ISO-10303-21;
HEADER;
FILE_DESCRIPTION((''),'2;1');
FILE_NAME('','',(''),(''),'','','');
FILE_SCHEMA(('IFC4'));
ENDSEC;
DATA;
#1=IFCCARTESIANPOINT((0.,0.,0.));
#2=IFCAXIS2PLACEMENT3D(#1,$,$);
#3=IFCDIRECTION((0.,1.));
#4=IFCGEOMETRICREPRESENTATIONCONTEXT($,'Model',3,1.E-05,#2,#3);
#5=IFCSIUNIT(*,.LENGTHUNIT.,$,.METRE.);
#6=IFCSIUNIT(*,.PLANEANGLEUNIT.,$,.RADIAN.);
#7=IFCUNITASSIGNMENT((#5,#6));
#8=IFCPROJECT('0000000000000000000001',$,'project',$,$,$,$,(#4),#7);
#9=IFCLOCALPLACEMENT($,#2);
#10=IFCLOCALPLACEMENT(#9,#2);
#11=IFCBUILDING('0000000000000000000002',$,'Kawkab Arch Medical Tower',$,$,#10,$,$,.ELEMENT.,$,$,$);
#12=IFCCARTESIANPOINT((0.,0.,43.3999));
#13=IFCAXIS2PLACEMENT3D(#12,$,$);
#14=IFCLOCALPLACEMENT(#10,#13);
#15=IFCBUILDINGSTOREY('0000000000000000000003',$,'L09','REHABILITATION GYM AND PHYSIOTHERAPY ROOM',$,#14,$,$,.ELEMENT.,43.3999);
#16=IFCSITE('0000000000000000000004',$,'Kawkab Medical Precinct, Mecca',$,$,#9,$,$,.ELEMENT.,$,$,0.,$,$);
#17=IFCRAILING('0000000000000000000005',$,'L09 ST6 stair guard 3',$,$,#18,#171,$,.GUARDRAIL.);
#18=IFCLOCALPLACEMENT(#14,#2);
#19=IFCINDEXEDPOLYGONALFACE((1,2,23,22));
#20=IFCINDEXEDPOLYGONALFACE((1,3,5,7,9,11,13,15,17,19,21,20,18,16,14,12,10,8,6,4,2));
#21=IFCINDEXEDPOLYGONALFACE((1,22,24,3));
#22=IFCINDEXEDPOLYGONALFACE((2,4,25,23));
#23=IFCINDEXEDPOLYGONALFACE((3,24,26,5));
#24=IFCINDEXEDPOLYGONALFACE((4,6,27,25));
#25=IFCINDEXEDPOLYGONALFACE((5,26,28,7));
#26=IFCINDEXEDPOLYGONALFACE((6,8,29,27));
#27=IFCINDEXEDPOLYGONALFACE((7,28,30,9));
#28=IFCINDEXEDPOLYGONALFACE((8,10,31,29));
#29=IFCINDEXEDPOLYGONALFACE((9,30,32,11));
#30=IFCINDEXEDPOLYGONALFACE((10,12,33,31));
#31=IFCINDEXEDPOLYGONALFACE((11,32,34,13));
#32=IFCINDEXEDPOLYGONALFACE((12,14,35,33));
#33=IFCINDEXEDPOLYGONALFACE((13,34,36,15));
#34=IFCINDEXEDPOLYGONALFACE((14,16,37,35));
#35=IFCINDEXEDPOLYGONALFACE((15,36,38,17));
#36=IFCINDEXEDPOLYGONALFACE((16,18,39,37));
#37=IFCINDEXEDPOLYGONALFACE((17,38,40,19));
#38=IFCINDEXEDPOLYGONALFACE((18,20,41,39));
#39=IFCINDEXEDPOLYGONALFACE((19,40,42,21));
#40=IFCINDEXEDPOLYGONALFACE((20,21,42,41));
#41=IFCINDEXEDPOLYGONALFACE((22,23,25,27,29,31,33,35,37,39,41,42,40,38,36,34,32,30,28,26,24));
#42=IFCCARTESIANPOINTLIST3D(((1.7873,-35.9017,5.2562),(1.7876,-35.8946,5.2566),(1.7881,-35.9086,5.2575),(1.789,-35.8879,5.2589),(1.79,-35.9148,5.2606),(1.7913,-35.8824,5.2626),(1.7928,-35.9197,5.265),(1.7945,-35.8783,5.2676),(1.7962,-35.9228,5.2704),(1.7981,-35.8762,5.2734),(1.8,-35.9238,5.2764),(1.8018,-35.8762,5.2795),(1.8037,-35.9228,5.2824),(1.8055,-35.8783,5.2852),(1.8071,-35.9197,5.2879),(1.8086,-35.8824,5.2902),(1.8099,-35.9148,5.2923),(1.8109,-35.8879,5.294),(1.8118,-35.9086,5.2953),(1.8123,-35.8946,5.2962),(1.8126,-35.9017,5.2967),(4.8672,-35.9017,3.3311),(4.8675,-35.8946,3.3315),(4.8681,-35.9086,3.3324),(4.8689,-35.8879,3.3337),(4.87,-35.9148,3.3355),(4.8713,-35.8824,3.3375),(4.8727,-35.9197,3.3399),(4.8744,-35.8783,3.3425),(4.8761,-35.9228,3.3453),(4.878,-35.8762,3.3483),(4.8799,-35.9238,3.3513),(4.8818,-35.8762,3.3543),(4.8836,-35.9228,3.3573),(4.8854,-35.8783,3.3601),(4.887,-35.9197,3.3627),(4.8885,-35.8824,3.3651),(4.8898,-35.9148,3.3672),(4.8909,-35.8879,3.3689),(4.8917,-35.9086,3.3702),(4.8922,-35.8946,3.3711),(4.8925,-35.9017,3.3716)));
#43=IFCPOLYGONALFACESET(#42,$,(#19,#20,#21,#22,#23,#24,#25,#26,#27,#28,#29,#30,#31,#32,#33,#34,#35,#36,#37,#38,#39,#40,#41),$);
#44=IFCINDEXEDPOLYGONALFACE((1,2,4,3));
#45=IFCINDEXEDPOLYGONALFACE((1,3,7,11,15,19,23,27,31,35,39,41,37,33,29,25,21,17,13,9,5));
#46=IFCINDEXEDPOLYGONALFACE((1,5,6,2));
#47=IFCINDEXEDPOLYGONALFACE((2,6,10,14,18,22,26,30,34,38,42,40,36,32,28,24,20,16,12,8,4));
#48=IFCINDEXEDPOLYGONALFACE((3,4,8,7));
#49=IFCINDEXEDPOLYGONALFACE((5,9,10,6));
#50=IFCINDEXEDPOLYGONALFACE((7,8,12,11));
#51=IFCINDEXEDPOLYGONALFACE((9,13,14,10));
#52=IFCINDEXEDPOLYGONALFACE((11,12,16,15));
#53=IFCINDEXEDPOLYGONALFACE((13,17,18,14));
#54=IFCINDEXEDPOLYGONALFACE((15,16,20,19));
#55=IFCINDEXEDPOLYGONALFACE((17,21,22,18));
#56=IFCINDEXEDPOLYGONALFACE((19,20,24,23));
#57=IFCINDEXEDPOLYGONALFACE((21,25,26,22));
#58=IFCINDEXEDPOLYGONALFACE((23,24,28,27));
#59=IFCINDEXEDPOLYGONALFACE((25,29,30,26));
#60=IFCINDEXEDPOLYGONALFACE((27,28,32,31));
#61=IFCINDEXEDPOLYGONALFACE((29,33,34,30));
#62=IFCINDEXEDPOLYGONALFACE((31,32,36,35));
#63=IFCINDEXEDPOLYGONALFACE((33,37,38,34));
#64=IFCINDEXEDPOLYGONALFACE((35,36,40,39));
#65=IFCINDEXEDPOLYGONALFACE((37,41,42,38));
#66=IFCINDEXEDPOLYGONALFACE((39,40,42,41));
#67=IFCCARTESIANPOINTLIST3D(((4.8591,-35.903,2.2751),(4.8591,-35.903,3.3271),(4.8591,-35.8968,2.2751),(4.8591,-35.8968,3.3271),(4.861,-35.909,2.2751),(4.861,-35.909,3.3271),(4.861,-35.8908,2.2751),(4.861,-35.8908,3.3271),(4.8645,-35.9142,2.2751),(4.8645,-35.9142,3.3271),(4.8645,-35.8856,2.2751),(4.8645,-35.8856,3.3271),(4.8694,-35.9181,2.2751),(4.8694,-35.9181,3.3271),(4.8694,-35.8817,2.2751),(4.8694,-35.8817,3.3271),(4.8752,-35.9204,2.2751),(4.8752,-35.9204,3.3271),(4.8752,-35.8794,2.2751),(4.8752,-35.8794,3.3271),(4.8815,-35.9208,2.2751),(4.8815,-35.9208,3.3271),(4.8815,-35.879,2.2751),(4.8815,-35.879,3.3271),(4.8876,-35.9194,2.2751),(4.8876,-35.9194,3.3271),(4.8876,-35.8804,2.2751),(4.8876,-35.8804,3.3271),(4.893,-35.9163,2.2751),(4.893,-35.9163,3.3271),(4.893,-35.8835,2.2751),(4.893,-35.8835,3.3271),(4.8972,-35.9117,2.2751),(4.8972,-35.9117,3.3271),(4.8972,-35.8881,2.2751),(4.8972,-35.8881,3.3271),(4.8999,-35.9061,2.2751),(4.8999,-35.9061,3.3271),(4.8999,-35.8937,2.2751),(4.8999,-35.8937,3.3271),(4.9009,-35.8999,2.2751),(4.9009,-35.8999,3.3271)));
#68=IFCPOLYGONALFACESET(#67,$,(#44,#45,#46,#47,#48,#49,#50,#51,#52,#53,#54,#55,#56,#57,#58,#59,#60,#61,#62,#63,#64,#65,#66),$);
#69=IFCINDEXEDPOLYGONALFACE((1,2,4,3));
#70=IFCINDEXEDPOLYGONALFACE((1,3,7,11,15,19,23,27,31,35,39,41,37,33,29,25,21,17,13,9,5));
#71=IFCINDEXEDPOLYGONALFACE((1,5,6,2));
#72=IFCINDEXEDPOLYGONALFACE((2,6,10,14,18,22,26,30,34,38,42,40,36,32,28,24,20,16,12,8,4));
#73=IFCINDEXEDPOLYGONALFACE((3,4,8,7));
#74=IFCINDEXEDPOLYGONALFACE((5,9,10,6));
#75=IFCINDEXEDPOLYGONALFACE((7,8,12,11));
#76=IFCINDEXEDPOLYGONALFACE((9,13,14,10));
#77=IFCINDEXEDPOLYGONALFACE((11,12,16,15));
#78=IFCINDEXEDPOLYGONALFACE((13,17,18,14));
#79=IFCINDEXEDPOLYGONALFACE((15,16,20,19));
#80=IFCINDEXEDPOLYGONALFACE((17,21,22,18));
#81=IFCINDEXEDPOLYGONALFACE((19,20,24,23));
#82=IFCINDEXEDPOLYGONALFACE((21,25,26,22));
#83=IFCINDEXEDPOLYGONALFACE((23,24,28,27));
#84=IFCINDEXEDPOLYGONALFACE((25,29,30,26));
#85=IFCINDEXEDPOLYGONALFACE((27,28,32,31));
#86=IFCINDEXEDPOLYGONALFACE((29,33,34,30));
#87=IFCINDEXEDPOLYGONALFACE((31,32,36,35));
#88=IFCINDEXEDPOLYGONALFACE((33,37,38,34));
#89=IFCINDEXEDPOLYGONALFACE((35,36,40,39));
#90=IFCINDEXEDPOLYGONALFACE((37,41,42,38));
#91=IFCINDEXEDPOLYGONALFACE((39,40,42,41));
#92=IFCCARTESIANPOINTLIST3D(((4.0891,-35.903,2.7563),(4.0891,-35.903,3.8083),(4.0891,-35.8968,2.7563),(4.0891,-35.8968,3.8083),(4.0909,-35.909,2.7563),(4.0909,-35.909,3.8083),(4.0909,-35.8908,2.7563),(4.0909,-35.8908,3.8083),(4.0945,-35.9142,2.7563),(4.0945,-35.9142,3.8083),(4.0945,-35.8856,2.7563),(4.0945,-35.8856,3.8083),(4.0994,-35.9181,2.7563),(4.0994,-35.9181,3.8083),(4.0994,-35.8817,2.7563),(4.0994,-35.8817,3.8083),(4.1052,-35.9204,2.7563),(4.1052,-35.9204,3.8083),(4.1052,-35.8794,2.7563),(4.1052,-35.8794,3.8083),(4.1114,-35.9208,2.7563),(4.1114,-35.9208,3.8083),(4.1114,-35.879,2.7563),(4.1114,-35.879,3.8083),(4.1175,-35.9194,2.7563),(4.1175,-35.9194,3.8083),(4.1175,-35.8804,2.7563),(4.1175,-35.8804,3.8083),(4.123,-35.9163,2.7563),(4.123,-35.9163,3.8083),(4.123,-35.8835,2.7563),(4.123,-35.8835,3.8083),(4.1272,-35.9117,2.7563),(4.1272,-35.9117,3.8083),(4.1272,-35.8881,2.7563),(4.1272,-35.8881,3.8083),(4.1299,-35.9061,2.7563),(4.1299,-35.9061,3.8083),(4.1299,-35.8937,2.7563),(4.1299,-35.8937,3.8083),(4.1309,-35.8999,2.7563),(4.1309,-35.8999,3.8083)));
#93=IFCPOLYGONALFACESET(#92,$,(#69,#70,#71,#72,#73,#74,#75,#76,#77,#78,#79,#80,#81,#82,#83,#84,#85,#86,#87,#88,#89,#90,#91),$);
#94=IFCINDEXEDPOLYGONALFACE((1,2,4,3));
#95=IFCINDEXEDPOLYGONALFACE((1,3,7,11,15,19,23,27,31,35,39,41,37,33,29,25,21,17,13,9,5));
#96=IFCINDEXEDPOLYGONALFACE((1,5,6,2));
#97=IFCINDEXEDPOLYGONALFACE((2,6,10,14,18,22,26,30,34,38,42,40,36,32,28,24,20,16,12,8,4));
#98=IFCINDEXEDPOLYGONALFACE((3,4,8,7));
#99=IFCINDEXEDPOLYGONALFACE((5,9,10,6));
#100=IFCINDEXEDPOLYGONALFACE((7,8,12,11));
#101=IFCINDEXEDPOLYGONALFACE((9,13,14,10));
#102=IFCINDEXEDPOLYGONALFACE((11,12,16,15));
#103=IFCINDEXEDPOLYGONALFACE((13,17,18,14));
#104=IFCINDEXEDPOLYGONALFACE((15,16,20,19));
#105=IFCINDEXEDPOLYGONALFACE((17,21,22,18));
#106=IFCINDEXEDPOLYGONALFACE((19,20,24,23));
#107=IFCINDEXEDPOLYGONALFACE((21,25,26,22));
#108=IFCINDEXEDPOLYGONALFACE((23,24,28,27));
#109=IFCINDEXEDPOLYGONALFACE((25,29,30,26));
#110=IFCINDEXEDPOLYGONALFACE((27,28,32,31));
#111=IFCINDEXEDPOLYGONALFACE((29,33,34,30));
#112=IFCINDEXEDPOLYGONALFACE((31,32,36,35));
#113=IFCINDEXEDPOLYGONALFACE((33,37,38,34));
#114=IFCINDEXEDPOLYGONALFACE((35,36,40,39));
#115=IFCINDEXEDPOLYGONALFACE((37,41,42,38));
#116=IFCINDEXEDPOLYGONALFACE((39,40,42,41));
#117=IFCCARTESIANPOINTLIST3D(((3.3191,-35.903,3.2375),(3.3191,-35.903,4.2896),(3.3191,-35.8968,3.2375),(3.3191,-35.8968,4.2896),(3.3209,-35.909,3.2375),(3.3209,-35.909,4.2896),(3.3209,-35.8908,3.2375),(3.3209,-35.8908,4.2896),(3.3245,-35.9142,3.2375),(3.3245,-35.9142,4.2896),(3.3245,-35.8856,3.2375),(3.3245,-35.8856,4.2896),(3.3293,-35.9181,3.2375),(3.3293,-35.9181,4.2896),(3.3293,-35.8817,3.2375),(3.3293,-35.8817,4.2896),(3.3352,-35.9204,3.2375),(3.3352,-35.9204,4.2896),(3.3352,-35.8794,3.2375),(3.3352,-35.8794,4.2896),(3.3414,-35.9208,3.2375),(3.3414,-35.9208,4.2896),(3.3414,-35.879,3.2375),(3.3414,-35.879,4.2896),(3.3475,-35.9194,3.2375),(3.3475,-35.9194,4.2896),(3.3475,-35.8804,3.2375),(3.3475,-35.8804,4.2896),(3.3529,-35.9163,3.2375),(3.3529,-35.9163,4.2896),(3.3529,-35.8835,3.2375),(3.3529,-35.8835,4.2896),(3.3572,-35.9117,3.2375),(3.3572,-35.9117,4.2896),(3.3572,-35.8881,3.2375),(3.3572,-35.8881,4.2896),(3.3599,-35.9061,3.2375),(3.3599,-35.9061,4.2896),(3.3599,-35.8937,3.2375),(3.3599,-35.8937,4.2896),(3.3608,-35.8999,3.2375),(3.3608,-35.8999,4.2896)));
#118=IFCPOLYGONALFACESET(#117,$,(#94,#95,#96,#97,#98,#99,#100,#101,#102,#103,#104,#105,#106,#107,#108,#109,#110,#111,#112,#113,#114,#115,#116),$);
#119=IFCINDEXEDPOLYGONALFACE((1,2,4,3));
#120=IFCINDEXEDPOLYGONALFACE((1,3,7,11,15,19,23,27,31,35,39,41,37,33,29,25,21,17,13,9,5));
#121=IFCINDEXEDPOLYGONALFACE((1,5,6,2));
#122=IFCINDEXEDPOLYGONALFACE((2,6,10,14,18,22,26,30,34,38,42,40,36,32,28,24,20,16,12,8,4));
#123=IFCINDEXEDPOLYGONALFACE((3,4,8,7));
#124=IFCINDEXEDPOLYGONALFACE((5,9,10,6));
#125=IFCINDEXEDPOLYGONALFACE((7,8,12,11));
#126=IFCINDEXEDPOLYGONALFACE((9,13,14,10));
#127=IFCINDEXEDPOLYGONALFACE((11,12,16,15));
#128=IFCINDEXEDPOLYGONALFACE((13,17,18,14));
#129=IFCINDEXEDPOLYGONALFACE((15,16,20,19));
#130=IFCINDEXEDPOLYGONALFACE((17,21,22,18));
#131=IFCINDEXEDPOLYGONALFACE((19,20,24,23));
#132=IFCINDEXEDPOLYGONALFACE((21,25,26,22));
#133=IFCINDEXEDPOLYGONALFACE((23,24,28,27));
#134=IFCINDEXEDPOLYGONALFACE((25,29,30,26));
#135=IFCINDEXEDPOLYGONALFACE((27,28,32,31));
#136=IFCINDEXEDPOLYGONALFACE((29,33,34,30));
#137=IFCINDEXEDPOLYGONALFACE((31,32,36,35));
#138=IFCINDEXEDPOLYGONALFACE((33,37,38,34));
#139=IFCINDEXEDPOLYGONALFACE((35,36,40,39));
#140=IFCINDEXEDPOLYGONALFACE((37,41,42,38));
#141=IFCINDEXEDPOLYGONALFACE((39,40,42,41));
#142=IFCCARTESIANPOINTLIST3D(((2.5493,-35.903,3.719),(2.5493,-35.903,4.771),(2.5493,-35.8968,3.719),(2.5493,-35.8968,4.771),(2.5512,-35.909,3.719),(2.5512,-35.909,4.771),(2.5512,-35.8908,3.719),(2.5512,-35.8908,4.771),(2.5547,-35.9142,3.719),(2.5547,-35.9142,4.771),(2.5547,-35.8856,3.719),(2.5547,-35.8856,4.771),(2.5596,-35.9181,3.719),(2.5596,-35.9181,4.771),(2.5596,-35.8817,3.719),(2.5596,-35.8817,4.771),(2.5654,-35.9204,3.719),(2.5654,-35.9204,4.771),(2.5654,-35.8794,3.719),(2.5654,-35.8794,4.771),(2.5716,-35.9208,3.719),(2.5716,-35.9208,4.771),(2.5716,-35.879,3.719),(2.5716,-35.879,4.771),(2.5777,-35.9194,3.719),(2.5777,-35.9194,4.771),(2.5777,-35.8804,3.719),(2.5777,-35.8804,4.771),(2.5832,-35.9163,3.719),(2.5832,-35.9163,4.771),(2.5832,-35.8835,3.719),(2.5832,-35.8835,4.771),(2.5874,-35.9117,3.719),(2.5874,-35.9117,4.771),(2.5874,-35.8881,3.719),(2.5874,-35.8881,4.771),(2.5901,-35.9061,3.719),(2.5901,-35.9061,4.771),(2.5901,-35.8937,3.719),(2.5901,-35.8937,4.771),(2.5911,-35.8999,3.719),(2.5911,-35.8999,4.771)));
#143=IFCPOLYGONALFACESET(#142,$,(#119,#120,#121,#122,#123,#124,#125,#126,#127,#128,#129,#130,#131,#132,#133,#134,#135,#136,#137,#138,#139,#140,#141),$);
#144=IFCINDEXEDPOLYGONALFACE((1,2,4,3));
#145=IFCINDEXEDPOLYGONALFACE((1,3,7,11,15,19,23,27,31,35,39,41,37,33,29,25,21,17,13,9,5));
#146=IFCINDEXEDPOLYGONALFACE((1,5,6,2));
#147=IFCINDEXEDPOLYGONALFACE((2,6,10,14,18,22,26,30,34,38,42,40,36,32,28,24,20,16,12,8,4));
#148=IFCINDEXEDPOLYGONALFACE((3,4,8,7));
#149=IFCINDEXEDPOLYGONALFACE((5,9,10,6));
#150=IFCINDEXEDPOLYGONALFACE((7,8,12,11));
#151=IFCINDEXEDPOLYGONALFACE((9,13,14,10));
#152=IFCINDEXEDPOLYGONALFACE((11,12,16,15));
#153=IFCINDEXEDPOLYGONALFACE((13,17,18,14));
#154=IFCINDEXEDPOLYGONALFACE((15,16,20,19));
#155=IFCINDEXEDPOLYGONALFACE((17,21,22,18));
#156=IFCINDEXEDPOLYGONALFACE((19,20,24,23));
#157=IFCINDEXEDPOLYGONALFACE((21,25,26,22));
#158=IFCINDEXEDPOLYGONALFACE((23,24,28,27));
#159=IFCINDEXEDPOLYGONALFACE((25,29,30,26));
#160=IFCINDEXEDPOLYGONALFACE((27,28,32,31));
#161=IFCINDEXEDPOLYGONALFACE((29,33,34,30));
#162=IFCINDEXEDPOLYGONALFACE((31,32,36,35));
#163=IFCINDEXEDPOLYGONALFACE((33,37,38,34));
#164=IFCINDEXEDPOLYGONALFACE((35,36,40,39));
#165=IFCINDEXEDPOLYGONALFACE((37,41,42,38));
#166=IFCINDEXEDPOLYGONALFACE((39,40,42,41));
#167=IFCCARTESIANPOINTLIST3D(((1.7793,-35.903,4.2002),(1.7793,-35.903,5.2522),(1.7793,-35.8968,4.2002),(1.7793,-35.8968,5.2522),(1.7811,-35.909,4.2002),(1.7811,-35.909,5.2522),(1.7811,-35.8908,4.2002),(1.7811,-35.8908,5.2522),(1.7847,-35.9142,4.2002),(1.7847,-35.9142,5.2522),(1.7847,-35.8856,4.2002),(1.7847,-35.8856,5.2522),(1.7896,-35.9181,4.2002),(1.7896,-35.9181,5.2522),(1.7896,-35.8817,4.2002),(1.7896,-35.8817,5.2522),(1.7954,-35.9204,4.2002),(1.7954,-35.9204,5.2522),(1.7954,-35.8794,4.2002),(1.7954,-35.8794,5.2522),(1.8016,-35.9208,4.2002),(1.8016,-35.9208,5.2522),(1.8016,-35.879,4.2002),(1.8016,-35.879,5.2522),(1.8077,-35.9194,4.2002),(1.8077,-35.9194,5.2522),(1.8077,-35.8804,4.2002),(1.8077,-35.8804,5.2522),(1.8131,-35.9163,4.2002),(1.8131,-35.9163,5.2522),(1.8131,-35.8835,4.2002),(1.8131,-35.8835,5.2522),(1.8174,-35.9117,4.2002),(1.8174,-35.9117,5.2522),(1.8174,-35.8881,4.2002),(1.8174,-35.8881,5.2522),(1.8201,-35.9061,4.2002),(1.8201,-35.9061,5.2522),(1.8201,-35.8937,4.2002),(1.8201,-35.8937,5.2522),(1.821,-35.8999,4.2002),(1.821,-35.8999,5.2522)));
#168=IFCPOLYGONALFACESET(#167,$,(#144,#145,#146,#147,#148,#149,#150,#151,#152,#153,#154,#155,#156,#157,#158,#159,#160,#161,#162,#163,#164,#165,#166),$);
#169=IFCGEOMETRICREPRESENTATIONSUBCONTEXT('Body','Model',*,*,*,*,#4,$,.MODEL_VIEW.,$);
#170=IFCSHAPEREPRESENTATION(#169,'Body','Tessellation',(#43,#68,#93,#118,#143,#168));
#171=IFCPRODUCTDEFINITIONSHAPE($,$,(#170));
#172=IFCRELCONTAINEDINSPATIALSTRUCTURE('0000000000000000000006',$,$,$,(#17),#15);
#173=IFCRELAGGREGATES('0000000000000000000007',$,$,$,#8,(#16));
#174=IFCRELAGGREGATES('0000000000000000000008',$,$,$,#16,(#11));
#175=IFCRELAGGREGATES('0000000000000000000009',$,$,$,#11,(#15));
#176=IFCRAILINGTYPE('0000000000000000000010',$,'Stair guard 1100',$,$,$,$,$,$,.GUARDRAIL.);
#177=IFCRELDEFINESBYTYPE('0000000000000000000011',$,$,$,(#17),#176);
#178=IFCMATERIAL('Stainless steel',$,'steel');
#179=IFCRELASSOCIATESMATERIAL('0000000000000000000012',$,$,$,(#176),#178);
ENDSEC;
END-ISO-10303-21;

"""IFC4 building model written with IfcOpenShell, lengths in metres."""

from ifc_helpers import new_model, si_unit, direction, frame, origin, origin_2d, place, context, subcontext, project, spatial, circle, extrude, material, type_object, element, save


model = new_model("IFC4")

# Units and contexts
model_context = context("Model", 3, precision=1e-05, world=origin(), true_north=direction((0.0, 1.0)))
body_context = subcontext(model_context, "Body", "Model", "MODEL_VIEW")
ifc_project = project(units=[si_unit("LENGTHUNIT", "METRE"), si_unit("PLANEANGLEUNIT", "RADIAN")], contexts=[model_context])

# Site, building, storey
site_placement = place(None, origin())
site = spatial("IfcSite", under=ifc_project, at=site_placement, Name="Kawkab Medical Precinct, Mecca", CompositionType="ELEMENT", RefElevation=0.0)
building_placement = place(site_placement, origin())
building = spatial("IfcBuilding", under=site, at=building_placement, Name="Kawkab Arch Medical Tower", CompositionType="ELEMENT")
storey_placement = place(building_placement, frame((0.0, 0.0, 43.3999)))
storey = spatial("IfcBuildingStorey", under=building, at=storey_placement, Name="L09", Description="REHABILITATION GYM AND PHYSIOTHERAPY ROOM", CompositionType="ELEMENT", Elevation=43.3999)

# Railing
ifc_material_1 = material(Name="Stainless steel", Category="steel")
railing_type_1 = type_object("IfcRailingType", Name="Stair guard 1100", PredefinedType="GUARDRAIL", material=ifc_material_1)
railing_1_placement = place(storey_placement, frame((4.8799, -35.8999, 2.2751)))
element("IfcRailing", 1, at=railing_1_placement, inside=storey, type_object=railing_type_1, Name="L09 ST6 stair guard 3", PredefinedType="GUARDRAIL", context=body_context, shape_type="SweptSolid", body=[
    extrude(circle(Radius=0.0239, at=origin_2d()), frame((0.0, 0.0, 1.0762), z_axis=(-0.847979, 0.0, 0.530029), x_axis=(0.0, -1.0, 0.0)), (0.0, 0.0, 1.0), 3.6321),
    extrude(circle(Radius=0.021, at=origin_2d()), origin(), (0.0, 0.0, 1.0), 1.052),
    extrude(circle(Radius=0.021, at=origin_2d()), frame((-0.77, 0.0, 0.4812)), (0.0, 0.0, 1.0), 1.052),
    extrude(circle(Radius=0.021, at=origin_2d()), frame((-1.54, 0.0, 0.9624)), (0.0, 0.0, 1.0), 1.052),
    extrude(circle(Radius=0.021, at=origin_2d()), frame((-2.3098, 0.0, 1.4438)), (0.0, 0.0, 1.0), 1.052),
    extrude(circle(Radius=0.021, at=origin_2d()), frame((-3.0798, 0.0, 1.925)), (0.0, 0.0, 1.0), 1.052),
])

save(model, "model.ifc")
